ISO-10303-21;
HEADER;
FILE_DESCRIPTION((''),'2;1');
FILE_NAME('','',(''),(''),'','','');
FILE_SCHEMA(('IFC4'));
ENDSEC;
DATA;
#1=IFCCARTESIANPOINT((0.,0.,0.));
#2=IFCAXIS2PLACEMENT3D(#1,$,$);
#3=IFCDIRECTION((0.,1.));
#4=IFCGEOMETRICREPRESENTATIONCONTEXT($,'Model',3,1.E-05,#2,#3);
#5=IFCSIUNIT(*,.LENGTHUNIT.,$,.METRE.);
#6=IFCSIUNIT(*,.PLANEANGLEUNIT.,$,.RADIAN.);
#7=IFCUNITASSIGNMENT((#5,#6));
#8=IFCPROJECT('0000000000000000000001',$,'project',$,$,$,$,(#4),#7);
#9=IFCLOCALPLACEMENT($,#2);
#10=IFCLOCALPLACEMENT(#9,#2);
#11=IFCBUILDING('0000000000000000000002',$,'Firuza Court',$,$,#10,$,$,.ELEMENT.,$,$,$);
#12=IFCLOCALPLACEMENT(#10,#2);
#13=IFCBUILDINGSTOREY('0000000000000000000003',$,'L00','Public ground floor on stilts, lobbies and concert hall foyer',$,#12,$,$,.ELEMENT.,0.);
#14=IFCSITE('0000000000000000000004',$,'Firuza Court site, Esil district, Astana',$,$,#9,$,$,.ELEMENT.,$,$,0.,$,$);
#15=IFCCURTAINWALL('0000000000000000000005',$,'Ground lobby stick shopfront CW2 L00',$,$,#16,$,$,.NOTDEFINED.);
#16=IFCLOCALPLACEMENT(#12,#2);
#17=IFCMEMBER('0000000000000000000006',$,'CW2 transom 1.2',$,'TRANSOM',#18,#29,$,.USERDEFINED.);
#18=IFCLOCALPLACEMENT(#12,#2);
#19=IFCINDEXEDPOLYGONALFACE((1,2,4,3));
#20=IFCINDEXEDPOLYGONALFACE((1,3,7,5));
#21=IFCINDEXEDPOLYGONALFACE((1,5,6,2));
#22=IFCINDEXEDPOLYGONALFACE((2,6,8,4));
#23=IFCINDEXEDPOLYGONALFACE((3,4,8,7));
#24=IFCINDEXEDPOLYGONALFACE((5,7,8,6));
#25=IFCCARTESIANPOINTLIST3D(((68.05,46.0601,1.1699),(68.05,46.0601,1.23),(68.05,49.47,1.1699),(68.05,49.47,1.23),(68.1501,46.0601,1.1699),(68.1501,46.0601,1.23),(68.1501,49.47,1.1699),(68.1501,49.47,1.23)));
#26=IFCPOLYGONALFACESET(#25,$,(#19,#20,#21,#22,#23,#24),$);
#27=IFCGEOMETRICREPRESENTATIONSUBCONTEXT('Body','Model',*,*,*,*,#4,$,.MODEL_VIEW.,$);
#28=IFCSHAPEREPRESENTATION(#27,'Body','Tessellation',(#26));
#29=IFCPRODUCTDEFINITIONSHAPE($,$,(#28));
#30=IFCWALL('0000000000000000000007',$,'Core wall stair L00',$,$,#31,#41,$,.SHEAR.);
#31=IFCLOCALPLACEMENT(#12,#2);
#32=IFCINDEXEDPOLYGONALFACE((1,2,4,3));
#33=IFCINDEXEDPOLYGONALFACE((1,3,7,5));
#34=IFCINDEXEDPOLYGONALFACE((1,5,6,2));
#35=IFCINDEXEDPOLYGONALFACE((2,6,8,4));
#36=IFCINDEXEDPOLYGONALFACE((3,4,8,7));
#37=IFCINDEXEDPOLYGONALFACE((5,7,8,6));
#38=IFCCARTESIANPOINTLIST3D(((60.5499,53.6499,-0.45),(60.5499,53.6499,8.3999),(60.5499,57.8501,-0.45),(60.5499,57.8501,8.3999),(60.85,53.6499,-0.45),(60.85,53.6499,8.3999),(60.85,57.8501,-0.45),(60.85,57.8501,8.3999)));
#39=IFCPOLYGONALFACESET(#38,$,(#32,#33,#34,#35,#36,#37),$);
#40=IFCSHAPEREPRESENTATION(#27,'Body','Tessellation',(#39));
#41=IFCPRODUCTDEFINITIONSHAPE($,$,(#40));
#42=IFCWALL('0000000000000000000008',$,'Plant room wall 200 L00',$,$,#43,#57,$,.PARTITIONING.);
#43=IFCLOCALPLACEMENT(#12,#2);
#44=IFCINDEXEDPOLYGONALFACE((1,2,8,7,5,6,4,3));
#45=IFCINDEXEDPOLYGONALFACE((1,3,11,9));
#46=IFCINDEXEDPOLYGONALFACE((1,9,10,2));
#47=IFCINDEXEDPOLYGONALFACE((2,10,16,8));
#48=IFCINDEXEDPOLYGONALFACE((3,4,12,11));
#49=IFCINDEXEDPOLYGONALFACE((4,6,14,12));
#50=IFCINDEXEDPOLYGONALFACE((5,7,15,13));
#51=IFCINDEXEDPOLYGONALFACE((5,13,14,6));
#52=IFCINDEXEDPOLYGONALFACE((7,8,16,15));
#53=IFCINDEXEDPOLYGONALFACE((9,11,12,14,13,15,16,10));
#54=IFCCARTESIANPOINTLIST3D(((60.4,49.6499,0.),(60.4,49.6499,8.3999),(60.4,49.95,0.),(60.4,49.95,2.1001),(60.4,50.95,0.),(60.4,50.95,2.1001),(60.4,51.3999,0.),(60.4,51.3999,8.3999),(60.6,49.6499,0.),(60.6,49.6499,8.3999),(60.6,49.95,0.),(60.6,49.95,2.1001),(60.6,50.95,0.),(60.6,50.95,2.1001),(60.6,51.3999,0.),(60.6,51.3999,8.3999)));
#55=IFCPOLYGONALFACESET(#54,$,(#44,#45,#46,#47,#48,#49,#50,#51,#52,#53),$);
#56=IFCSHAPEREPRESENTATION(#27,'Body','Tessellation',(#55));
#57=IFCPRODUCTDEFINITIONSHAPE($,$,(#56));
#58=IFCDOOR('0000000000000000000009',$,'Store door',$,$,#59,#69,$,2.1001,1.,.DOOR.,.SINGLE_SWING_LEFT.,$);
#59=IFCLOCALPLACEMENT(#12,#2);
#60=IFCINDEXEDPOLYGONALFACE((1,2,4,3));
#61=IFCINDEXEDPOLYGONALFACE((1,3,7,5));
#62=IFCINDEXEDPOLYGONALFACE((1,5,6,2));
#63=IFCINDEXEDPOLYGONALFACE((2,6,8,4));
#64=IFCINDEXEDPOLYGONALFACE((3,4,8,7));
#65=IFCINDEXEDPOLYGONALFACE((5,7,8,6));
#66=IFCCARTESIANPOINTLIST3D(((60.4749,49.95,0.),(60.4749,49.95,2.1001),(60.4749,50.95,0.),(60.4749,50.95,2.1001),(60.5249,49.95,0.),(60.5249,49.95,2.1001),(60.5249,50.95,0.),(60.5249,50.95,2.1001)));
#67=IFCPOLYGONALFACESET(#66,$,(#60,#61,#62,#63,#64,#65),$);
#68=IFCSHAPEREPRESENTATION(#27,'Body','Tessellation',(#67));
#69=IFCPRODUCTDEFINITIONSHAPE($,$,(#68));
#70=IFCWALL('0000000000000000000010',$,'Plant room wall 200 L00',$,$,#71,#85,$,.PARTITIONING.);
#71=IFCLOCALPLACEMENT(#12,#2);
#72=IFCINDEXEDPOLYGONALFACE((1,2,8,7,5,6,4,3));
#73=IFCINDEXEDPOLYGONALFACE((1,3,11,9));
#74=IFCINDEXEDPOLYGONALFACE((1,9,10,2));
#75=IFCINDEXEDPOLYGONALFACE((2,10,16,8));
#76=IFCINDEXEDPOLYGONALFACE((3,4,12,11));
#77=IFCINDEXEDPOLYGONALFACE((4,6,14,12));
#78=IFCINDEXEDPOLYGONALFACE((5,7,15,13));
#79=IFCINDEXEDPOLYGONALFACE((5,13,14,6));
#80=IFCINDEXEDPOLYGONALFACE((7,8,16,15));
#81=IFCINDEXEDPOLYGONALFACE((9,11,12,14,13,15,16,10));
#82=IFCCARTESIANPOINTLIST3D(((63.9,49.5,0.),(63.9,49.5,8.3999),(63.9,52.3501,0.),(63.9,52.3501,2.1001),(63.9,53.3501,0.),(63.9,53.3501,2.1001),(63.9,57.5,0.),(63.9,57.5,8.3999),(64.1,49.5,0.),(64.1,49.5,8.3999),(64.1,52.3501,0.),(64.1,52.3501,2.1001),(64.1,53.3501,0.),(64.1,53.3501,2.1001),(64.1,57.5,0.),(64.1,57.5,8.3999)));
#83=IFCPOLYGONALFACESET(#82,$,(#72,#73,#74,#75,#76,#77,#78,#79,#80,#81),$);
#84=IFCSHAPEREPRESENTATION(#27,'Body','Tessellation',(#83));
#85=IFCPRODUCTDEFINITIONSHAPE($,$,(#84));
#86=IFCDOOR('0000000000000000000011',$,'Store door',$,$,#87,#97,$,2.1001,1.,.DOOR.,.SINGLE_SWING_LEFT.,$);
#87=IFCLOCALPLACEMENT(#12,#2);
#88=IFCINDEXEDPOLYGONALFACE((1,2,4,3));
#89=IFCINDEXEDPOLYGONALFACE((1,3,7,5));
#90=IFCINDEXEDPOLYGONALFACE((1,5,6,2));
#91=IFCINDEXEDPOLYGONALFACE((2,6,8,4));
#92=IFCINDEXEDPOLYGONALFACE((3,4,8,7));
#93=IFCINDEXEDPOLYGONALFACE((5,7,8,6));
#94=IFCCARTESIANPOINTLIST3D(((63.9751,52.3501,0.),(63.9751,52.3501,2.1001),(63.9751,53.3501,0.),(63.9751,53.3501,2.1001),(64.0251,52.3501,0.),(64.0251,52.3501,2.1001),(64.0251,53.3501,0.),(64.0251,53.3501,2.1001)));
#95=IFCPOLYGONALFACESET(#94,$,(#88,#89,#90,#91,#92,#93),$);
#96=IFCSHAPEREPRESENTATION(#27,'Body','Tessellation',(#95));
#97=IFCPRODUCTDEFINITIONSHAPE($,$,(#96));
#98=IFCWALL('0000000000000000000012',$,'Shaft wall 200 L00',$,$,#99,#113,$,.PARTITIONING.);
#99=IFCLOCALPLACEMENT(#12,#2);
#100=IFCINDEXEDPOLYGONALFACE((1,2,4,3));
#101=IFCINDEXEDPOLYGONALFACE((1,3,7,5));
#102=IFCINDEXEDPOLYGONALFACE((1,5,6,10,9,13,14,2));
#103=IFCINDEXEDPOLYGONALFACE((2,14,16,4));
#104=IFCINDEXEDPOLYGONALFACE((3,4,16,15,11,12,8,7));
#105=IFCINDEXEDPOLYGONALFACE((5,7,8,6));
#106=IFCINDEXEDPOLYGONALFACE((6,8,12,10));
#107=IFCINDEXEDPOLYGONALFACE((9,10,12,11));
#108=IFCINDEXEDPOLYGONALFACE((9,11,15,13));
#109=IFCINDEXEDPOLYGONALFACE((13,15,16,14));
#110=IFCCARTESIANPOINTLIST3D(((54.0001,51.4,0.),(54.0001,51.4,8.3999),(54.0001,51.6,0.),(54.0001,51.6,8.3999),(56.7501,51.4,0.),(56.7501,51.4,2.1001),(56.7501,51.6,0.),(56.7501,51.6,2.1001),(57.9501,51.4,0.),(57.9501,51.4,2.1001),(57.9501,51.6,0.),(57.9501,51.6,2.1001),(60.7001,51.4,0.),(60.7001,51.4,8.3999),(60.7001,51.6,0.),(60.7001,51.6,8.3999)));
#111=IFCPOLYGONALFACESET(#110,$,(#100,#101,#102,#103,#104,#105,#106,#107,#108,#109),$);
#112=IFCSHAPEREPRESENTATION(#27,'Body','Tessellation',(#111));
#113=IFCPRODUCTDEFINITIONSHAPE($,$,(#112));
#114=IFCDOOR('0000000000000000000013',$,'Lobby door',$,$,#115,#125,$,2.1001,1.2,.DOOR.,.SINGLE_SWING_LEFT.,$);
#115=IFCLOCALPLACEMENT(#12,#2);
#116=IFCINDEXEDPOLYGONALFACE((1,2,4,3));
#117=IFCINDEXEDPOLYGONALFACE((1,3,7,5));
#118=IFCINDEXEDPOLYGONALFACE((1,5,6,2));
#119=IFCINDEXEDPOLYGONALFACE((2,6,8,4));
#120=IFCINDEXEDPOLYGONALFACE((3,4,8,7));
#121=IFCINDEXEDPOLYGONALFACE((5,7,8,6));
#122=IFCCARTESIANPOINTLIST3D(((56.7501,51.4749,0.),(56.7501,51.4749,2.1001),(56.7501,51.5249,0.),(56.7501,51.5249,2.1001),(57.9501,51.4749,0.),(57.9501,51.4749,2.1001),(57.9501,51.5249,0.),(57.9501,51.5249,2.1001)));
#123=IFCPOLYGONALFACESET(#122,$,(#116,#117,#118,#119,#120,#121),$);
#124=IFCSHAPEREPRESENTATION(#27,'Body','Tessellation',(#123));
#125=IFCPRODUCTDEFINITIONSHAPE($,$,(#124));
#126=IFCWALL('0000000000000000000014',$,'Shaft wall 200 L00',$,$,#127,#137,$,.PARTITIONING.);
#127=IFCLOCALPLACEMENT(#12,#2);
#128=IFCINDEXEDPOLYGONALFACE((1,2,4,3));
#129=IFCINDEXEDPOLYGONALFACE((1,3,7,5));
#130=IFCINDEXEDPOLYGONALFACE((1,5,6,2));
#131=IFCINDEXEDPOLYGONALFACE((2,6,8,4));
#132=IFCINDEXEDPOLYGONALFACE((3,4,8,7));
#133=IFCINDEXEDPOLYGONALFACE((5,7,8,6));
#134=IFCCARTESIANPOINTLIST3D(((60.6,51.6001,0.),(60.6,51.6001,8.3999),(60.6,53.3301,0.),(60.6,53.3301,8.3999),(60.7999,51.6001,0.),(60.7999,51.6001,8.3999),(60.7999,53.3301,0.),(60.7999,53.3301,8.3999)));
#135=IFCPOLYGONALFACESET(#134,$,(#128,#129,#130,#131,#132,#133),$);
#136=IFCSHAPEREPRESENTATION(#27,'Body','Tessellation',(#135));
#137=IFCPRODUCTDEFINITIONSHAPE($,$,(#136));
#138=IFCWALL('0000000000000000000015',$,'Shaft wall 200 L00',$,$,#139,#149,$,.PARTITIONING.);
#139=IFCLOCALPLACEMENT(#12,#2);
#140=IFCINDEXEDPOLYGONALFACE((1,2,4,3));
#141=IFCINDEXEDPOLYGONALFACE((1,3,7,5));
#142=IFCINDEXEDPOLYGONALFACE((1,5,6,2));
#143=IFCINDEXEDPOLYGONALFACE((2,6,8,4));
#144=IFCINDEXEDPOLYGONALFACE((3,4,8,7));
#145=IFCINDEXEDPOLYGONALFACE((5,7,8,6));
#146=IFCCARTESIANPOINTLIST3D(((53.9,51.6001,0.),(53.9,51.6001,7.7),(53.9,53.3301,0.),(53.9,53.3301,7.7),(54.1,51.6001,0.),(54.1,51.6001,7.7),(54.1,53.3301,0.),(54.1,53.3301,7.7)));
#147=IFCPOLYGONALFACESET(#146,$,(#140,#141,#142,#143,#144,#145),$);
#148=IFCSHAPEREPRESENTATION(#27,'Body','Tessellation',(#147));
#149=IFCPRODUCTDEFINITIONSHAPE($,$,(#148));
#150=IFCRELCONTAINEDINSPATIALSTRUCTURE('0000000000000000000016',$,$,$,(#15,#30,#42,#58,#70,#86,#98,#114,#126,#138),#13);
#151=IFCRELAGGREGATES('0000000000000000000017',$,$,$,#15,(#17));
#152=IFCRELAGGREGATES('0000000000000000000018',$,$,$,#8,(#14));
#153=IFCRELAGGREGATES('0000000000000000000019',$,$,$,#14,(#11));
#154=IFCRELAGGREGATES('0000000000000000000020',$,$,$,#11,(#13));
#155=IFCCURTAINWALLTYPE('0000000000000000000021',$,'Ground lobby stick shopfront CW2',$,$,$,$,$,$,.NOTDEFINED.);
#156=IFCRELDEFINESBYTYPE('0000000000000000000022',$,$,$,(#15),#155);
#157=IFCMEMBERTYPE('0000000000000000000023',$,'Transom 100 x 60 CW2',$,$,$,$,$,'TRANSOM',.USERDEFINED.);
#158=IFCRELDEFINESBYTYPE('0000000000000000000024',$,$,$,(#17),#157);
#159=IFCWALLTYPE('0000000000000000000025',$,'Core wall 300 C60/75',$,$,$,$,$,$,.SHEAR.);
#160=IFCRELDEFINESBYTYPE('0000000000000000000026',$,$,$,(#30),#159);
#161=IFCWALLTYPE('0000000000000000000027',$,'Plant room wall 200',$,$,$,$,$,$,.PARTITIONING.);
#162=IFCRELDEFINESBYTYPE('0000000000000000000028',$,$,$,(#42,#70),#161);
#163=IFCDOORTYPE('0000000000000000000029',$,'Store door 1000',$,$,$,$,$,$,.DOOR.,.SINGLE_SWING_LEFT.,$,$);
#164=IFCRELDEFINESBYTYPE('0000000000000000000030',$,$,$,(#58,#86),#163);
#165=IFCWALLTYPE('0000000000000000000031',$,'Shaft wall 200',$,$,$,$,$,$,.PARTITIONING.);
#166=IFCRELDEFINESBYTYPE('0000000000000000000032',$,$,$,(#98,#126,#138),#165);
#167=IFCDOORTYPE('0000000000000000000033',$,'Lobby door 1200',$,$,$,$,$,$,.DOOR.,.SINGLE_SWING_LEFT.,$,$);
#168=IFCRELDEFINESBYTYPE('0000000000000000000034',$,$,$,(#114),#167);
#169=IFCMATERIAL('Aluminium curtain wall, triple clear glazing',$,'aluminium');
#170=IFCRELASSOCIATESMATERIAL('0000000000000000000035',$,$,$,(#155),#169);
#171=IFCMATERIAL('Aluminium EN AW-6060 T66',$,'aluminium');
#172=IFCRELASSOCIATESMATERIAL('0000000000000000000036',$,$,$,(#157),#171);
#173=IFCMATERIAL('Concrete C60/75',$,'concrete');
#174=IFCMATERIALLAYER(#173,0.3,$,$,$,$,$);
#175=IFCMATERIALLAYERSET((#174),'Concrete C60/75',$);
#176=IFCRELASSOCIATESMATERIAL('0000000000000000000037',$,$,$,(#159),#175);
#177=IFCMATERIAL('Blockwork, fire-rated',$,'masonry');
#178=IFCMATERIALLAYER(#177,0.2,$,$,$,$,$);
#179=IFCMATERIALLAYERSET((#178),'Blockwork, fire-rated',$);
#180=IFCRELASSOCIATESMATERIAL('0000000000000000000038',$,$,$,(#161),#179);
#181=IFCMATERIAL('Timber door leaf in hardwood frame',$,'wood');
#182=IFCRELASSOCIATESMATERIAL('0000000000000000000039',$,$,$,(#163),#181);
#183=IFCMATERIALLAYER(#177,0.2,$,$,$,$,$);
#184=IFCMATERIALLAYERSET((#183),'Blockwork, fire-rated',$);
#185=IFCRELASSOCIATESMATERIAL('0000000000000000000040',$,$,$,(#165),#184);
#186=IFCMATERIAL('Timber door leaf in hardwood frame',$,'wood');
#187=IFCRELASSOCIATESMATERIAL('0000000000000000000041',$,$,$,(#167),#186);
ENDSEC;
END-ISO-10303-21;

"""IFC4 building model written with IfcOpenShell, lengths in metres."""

from ifc_helpers import new_model, si_unit, direction, frame, frame_2d, origin, origin_2d, place, context, subcontext, project, spatial, rectangle, extrude, material, layer, layer_set, material_profile, profile_set, type_object, element, fill, aggregate, save


model = new_model("IFC4")

# Units and contexts
model_context = context("Model", 3, precision=1e-05, world=origin(), true_north=direction((0.0, 1.0)))
body_context = subcontext(model_context, "Body", "Model", "MODEL_VIEW")
ifc_project = project(units=[si_unit("LENGTHUNIT", "METRE"), si_unit("PLANEANGLEUNIT", "RADIAN")], contexts=[model_context])

# Site, building, storey
site_placement = place(None, origin())
site = spatial("IfcSite", under=ifc_project, at=site_placement, Name="Firuza Court site, Esil district, Astana", CompositionType="ELEMENT", RefElevation=0.0)
building_placement = place(site_placement, origin())
building = spatial("IfcBuilding", under=site, at=building_placement, Name="Firuza Court", CompositionType="ELEMENT")
storey_placement = place(building_placement, origin())
storey = spatial("IfcBuildingStorey", under=building, at=storey_placement, Name="L00", Description="Public ground floor on stilts, lobbies and concert hall foyer", CompositionType="ELEMENT", Elevation=0.0)

# Curtain wall
ifc_material_1 = material(Name="Aluminium curtain wall, triple clear glazing", Category="aluminium")
curtain_wall_type = type_object("IfcCurtainWallType", Name="Ground lobby stick shopfront CW2", PredefinedType="NOTDEFINED", material=ifc_material_1)
curtain_wall_placement = place(storey_placement, origin())
curtain_wall = element("IfcCurtainWall", 1, at=curtain_wall_placement, inside=storey, type_object=curtain_wall_type, Name="Ground lobby stick shopfront CW2 L00", PredefinedType="NOTDEFINED")

# Member
ifc_material_2 = material(Name="Aluminium EN AW-6060 T66", Category="aluminium")
ifc_material_profile_1 = material_profile(ifc_material_2, rectangle(XDim=0.1001, YDim=0.0601, at=origin_2d()), Name="Transom 100 x 60 CW2")
ifc_profile_set_1 = profile_set([ifc_material_profile_1], Name="Aluminium EN AW-6060 T66")
member_type_1 = type_object("IfcMemberType", Name="Transom 100 x 60 CW2", ElementType="TRANSOM", PredefinedType="USERDEFINED", material=ifc_profile_set_1)
member_1_placement = place(storey_placement, frame((68.1001, 46.0601, 1.2), z_axis=(0.0, 1.0, 0.0), x_axis=(-1.0, 0.0, 0.0)))
member_1 = element("IfcMember", 2, at=member_1_placement, type_object=member_type_1, Name="CW2 transom 1.2", ObjectType="TRANSOM", PredefinedType="USERDEFINED", context=body_context, shape_type="SweptSolid", body=[
    extrude(rectangle(XDim=0.1001, YDim=0.0601, at=origin_2d()), origin(), (0.0, 0.0, 1.0), 3.4099),
])
aggregate(curtain_wall, [member_1])

# Wall
ifc_material_3 = material(Name="Concrete C60/75", Category="concrete")
ifc_layer_1 = layer(ifc_material_3, 0.3)
ifc_layer_set_1 = layer_set([ifc_layer_1], Name="Concrete C60/75")
wall_type_1 = type_object("IfcWallType", Name="Core wall 300 C60/75", PredefinedType="SHEAR", material=ifc_layer_set_1)
wall_1_placement = place(storey_placement, frame((60.7, 53.6499, -0.45), z_axis=(0.0, 0.0, 1.0), x_axis=(0.0, 1.0, 0.0)))
element("IfcWall", 3, at=wall_1_placement, inside=storey, type_object=wall_type_1, Name="Core wall stair L00", PredefinedType="SHEAR", context=body_context, shape_type="SweptSolid", body=[
    extrude(rectangle(XDim=4.2002, YDim=0.3, at=frame_2d((2.1001, 0.0))), origin(), (0.0, 0.0, 1.0), 8.8499),
])

# Walls, openings, doors
ifc_material_4 = material(Name="Blockwork, fire-rated", Category="masonry")
ifc_layer_2 = layer(ifc_material_4, 0.2)
ifc_layer_set_2 = layer_set([ifc_layer_2], Name="Blockwork, fire-rated")
wall_type_2 = type_object("IfcWallType", Name="Plant room wall 200", PredefinedType="PARTITIONING", material=ifc_layer_set_2)
wall_2_placement = place(storey_placement, frame((60.5, 49.6499, 0.0), z_axis=(0.0, 0.0, 1.0), x_axis=(0.0, 1.0, 0.0)))
wall_2 = element("IfcWall", 4, at=wall_2_placement, inside=storey, type_object=wall_type_2, Name="Plant room wall 200 L00", PredefinedType="PARTITIONING", context=body_context, shape_type="SweptSolid", body=[
    extrude(rectangle(XDim=1.75, YDim=0.2, at=frame_2d((0.875, 0.0))), origin(), (0.0, 0.0, 1.0), 8.3999),
])
opening_1_placement = place(wall_2_placement, frame((0.3, 0.0, 0.0)))
opening_1 = element("IfcOpeningElement", 5, at=opening_1_placement, cuts=wall_2, PredefinedType="OPENING", context=body_context, shape_type="SweptSolid", body=[
    extrude(rectangle(XDim=1.0, YDim=2.1001, at=frame_2d((0.5, 1.05))), frame((0.0, 0.1118, 0.0), z_axis=(0.0, -1.0, 0.0), x_axis=(1.0, 0.0, 0.0)), (0.0, 0.0, 1.0), 0.2239),
])
ifc_material_5 = material(Name="Timber door leaf in hardwood frame", Category="wood")
door_type_1 = type_object("IfcDoorType", Name="Store door 1000", OperationType="SINGLE_SWING_LEFT", PredefinedType="DOOR", material=ifc_material_5)
door_1_placement = place(opening_1_placement, frame((1.0, 0.0, 0.0), z_axis=(0.0, 0.0, 1.0), x_axis=(-1.0, 0.0, 0.0)))
door_1 = element("IfcDoor", 6, at=door_1_placement, inside=storey, type_object=door_type_1, Name="Store door", OperationType="SINGLE_SWING_LEFT", OverallHeight=2.1001, OverallWidth=1.0, PredefinedType="DOOR", context=body_context, shape_type="SweptSolid", body=[
    extrude(rectangle(XDim=1.0, YDim=2.1001, at=frame_2d((0.5, 1.05))), frame((0.0, 0.0249, 0.0), z_axis=(0.0, -1.0, 0.0), x_axis=(1.0, 0.0, 0.0)), (0.0, 0.0, 1.0), 0.05),
])
fill(opening_1, door_1)
wall_3_placement = place(storey_placement, frame((64.0, 49.5, 0.0), z_axis=(0.0, 0.0, 1.0), x_axis=(0.0, 1.0, 0.0)))
wall_3 = element("IfcWall", 7, at=wall_3_placement, inside=storey, type_object=wall_type_2, Name="Plant room wall 200 L00", PredefinedType="PARTITIONING", context=body_context, shape_type="SweptSolid", body=[
    extrude(rectangle(XDim=8.0, YDim=0.2, at=frame_2d((4.0, 0.0))), origin(), (0.0, 0.0, 1.0), 8.3999),
])
opening_2_placement = place(wall_3_placement, frame((2.8501, 0.0, 0.0)))
opening_2 = element("IfcOpeningElement", 8, at=opening_2_placement, cuts=wall_3, PredefinedType="OPENING", context=body_context, shape_type="SweptSolid", body=[
    extrude(rectangle(XDim=1.0, YDim=2.1001, at=frame_2d((0.5, 1.05))), frame((0.0, 0.1118, 0.0), z_axis=(0.0, -1.0, 0.0), x_axis=(1.0, 0.0, 0.0)), (0.0, 0.0, 1.0), 0.2239),
])
door_2_placement = place(opening_2_placement, origin())
door_2 = element("IfcDoor", 9, at=door_2_placement, inside=storey, type_object=door_type_1, Name="Store door", OperationType="SINGLE_SWING_LEFT", OverallHeight=2.1001, OverallWidth=1.0, PredefinedType="DOOR", context=body_context, shape_type="SweptSolid", body=[
    extrude(rectangle(XDim=1.0, YDim=2.1001, at=frame_2d((0.5, 1.05))), frame((0.0, 0.0249, 0.0), z_axis=(0.0, -1.0, 0.0), x_axis=(1.0, 0.0, 0.0)), (0.0, 0.0, 1.0), 0.05),
])
fill(opening_2, door_2)
ifc_layer_3 = layer(ifc_material_4, 0.2)
ifc_layer_set_3 = layer_set([ifc_layer_3], Name="Blockwork, fire-rated")
wall_type_3 = type_object("IfcWallType", Name="Shaft wall 200", PredefinedType="PARTITIONING", material=ifc_layer_set_3)
wall_4_placement = place(storey_placement, frame((54.0, 51.5, 0.0), z_axis=(0.0, 0.0, 1.0), x_axis=(1.0, 0.0, 0.0)))
wall_4 = element("IfcWall", 10, at=wall_4_placement, inside=storey, type_object=wall_type_3, Name="Shaft wall 200 L00", PredefinedType="PARTITIONING", context=body_context, shape_type="SweptSolid", body=[
    extrude(rectangle(XDim=6.7, YDim=0.2, at=frame_2d((3.3501, 0.0))), origin(), (0.0, 0.0, 1.0), 8.3999),
])
opening_3_placement = place(wall_4_placement, frame((2.75, 0.0, 0.0)))
opening_3 = element("IfcOpeningElement", 11, at=opening_3_placement, cuts=wall_4, PredefinedType="OPENING", context=body_context, shape_type="SweptSolid", body=[
    extrude(rectangle(XDim=1.2, YDim=2.1001, at=frame_2d((0.6001, 1.05))), frame((0.0, 0.1118, 0.0), z_axis=(0.0, -1.0, 0.0), x_axis=(1.0, 0.0, 0.0)), (0.0, 0.0, 1.0), 0.2239),
])
ifc_material_6 = material(Name="Timber door leaf in hardwood frame", Category="wood")
door_type_2 = type_object("IfcDoorType", Name="Lobby door 1200", OperationType="SINGLE_SWING_LEFT", PredefinedType="DOOR", material=ifc_material_6)
door_3_placement = place(opening_3_placement, origin())
door_3 = element("IfcDoor", 12, at=door_3_placement, inside=storey, type_object=door_type_2, Name="Lobby door", OperationType="SINGLE_SWING_LEFT", OverallHeight=2.1001, OverallWidth=1.2, PredefinedType="DOOR", context=body_context, shape_type="SweptSolid", body=[
    extrude(rectangle(XDim=1.2, YDim=2.1001, at=frame_2d((0.6001, 1.05))), frame((0.0, 0.0249, 0.0), z_axis=(0.0, -1.0, 0.0), x_axis=(1.0, 0.0, 0.0)), (0.0, 0.0, 1.0), 0.05),
])
fill(opening_3, door_3)

# Walls
wall_5_placement = place(storey_placement, frame((60.7, 51.6001, 0.0), z_axis=(0.0, 0.0, 1.0), x_axis=(0.0, 1.0, 0.0)))
element("IfcWall", 13, at=wall_5_placement, inside=storey, type_object=wall_type_3, Name="Shaft wall 200 L00", PredefinedType="PARTITIONING", context=body_context, shape_type="SweptSolid", body=[
    extrude(rectangle(XDim=1.73, YDim=0.2, at=frame_2d((0.865, 0.0))), origin(), (0.0, 0.0, 1.0), 8.3999),
])
wall_6_placement = place(storey_placement, frame((54.0, 51.6001, 0.0), z_axis=(0.0, 0.0, 1.0), x_axis=(0.0, 1.0, 0.0)))
element("IfcWall", 14, at=wall_6_placement, inside=storey, type_object=wall_type_3, Name="Shaft wall 200 L00", PredefinedType="PARTITIONING", context=body_context, shape_type="SweptSolid", body=[
    extrude(rectangle(XDim=1.73, YDim=0.2, at=frame_2d((0.865, 0.0))), origin(), (0.0, 0.0, 1.0), 7.7),
])

save(model, "model.ifc")
